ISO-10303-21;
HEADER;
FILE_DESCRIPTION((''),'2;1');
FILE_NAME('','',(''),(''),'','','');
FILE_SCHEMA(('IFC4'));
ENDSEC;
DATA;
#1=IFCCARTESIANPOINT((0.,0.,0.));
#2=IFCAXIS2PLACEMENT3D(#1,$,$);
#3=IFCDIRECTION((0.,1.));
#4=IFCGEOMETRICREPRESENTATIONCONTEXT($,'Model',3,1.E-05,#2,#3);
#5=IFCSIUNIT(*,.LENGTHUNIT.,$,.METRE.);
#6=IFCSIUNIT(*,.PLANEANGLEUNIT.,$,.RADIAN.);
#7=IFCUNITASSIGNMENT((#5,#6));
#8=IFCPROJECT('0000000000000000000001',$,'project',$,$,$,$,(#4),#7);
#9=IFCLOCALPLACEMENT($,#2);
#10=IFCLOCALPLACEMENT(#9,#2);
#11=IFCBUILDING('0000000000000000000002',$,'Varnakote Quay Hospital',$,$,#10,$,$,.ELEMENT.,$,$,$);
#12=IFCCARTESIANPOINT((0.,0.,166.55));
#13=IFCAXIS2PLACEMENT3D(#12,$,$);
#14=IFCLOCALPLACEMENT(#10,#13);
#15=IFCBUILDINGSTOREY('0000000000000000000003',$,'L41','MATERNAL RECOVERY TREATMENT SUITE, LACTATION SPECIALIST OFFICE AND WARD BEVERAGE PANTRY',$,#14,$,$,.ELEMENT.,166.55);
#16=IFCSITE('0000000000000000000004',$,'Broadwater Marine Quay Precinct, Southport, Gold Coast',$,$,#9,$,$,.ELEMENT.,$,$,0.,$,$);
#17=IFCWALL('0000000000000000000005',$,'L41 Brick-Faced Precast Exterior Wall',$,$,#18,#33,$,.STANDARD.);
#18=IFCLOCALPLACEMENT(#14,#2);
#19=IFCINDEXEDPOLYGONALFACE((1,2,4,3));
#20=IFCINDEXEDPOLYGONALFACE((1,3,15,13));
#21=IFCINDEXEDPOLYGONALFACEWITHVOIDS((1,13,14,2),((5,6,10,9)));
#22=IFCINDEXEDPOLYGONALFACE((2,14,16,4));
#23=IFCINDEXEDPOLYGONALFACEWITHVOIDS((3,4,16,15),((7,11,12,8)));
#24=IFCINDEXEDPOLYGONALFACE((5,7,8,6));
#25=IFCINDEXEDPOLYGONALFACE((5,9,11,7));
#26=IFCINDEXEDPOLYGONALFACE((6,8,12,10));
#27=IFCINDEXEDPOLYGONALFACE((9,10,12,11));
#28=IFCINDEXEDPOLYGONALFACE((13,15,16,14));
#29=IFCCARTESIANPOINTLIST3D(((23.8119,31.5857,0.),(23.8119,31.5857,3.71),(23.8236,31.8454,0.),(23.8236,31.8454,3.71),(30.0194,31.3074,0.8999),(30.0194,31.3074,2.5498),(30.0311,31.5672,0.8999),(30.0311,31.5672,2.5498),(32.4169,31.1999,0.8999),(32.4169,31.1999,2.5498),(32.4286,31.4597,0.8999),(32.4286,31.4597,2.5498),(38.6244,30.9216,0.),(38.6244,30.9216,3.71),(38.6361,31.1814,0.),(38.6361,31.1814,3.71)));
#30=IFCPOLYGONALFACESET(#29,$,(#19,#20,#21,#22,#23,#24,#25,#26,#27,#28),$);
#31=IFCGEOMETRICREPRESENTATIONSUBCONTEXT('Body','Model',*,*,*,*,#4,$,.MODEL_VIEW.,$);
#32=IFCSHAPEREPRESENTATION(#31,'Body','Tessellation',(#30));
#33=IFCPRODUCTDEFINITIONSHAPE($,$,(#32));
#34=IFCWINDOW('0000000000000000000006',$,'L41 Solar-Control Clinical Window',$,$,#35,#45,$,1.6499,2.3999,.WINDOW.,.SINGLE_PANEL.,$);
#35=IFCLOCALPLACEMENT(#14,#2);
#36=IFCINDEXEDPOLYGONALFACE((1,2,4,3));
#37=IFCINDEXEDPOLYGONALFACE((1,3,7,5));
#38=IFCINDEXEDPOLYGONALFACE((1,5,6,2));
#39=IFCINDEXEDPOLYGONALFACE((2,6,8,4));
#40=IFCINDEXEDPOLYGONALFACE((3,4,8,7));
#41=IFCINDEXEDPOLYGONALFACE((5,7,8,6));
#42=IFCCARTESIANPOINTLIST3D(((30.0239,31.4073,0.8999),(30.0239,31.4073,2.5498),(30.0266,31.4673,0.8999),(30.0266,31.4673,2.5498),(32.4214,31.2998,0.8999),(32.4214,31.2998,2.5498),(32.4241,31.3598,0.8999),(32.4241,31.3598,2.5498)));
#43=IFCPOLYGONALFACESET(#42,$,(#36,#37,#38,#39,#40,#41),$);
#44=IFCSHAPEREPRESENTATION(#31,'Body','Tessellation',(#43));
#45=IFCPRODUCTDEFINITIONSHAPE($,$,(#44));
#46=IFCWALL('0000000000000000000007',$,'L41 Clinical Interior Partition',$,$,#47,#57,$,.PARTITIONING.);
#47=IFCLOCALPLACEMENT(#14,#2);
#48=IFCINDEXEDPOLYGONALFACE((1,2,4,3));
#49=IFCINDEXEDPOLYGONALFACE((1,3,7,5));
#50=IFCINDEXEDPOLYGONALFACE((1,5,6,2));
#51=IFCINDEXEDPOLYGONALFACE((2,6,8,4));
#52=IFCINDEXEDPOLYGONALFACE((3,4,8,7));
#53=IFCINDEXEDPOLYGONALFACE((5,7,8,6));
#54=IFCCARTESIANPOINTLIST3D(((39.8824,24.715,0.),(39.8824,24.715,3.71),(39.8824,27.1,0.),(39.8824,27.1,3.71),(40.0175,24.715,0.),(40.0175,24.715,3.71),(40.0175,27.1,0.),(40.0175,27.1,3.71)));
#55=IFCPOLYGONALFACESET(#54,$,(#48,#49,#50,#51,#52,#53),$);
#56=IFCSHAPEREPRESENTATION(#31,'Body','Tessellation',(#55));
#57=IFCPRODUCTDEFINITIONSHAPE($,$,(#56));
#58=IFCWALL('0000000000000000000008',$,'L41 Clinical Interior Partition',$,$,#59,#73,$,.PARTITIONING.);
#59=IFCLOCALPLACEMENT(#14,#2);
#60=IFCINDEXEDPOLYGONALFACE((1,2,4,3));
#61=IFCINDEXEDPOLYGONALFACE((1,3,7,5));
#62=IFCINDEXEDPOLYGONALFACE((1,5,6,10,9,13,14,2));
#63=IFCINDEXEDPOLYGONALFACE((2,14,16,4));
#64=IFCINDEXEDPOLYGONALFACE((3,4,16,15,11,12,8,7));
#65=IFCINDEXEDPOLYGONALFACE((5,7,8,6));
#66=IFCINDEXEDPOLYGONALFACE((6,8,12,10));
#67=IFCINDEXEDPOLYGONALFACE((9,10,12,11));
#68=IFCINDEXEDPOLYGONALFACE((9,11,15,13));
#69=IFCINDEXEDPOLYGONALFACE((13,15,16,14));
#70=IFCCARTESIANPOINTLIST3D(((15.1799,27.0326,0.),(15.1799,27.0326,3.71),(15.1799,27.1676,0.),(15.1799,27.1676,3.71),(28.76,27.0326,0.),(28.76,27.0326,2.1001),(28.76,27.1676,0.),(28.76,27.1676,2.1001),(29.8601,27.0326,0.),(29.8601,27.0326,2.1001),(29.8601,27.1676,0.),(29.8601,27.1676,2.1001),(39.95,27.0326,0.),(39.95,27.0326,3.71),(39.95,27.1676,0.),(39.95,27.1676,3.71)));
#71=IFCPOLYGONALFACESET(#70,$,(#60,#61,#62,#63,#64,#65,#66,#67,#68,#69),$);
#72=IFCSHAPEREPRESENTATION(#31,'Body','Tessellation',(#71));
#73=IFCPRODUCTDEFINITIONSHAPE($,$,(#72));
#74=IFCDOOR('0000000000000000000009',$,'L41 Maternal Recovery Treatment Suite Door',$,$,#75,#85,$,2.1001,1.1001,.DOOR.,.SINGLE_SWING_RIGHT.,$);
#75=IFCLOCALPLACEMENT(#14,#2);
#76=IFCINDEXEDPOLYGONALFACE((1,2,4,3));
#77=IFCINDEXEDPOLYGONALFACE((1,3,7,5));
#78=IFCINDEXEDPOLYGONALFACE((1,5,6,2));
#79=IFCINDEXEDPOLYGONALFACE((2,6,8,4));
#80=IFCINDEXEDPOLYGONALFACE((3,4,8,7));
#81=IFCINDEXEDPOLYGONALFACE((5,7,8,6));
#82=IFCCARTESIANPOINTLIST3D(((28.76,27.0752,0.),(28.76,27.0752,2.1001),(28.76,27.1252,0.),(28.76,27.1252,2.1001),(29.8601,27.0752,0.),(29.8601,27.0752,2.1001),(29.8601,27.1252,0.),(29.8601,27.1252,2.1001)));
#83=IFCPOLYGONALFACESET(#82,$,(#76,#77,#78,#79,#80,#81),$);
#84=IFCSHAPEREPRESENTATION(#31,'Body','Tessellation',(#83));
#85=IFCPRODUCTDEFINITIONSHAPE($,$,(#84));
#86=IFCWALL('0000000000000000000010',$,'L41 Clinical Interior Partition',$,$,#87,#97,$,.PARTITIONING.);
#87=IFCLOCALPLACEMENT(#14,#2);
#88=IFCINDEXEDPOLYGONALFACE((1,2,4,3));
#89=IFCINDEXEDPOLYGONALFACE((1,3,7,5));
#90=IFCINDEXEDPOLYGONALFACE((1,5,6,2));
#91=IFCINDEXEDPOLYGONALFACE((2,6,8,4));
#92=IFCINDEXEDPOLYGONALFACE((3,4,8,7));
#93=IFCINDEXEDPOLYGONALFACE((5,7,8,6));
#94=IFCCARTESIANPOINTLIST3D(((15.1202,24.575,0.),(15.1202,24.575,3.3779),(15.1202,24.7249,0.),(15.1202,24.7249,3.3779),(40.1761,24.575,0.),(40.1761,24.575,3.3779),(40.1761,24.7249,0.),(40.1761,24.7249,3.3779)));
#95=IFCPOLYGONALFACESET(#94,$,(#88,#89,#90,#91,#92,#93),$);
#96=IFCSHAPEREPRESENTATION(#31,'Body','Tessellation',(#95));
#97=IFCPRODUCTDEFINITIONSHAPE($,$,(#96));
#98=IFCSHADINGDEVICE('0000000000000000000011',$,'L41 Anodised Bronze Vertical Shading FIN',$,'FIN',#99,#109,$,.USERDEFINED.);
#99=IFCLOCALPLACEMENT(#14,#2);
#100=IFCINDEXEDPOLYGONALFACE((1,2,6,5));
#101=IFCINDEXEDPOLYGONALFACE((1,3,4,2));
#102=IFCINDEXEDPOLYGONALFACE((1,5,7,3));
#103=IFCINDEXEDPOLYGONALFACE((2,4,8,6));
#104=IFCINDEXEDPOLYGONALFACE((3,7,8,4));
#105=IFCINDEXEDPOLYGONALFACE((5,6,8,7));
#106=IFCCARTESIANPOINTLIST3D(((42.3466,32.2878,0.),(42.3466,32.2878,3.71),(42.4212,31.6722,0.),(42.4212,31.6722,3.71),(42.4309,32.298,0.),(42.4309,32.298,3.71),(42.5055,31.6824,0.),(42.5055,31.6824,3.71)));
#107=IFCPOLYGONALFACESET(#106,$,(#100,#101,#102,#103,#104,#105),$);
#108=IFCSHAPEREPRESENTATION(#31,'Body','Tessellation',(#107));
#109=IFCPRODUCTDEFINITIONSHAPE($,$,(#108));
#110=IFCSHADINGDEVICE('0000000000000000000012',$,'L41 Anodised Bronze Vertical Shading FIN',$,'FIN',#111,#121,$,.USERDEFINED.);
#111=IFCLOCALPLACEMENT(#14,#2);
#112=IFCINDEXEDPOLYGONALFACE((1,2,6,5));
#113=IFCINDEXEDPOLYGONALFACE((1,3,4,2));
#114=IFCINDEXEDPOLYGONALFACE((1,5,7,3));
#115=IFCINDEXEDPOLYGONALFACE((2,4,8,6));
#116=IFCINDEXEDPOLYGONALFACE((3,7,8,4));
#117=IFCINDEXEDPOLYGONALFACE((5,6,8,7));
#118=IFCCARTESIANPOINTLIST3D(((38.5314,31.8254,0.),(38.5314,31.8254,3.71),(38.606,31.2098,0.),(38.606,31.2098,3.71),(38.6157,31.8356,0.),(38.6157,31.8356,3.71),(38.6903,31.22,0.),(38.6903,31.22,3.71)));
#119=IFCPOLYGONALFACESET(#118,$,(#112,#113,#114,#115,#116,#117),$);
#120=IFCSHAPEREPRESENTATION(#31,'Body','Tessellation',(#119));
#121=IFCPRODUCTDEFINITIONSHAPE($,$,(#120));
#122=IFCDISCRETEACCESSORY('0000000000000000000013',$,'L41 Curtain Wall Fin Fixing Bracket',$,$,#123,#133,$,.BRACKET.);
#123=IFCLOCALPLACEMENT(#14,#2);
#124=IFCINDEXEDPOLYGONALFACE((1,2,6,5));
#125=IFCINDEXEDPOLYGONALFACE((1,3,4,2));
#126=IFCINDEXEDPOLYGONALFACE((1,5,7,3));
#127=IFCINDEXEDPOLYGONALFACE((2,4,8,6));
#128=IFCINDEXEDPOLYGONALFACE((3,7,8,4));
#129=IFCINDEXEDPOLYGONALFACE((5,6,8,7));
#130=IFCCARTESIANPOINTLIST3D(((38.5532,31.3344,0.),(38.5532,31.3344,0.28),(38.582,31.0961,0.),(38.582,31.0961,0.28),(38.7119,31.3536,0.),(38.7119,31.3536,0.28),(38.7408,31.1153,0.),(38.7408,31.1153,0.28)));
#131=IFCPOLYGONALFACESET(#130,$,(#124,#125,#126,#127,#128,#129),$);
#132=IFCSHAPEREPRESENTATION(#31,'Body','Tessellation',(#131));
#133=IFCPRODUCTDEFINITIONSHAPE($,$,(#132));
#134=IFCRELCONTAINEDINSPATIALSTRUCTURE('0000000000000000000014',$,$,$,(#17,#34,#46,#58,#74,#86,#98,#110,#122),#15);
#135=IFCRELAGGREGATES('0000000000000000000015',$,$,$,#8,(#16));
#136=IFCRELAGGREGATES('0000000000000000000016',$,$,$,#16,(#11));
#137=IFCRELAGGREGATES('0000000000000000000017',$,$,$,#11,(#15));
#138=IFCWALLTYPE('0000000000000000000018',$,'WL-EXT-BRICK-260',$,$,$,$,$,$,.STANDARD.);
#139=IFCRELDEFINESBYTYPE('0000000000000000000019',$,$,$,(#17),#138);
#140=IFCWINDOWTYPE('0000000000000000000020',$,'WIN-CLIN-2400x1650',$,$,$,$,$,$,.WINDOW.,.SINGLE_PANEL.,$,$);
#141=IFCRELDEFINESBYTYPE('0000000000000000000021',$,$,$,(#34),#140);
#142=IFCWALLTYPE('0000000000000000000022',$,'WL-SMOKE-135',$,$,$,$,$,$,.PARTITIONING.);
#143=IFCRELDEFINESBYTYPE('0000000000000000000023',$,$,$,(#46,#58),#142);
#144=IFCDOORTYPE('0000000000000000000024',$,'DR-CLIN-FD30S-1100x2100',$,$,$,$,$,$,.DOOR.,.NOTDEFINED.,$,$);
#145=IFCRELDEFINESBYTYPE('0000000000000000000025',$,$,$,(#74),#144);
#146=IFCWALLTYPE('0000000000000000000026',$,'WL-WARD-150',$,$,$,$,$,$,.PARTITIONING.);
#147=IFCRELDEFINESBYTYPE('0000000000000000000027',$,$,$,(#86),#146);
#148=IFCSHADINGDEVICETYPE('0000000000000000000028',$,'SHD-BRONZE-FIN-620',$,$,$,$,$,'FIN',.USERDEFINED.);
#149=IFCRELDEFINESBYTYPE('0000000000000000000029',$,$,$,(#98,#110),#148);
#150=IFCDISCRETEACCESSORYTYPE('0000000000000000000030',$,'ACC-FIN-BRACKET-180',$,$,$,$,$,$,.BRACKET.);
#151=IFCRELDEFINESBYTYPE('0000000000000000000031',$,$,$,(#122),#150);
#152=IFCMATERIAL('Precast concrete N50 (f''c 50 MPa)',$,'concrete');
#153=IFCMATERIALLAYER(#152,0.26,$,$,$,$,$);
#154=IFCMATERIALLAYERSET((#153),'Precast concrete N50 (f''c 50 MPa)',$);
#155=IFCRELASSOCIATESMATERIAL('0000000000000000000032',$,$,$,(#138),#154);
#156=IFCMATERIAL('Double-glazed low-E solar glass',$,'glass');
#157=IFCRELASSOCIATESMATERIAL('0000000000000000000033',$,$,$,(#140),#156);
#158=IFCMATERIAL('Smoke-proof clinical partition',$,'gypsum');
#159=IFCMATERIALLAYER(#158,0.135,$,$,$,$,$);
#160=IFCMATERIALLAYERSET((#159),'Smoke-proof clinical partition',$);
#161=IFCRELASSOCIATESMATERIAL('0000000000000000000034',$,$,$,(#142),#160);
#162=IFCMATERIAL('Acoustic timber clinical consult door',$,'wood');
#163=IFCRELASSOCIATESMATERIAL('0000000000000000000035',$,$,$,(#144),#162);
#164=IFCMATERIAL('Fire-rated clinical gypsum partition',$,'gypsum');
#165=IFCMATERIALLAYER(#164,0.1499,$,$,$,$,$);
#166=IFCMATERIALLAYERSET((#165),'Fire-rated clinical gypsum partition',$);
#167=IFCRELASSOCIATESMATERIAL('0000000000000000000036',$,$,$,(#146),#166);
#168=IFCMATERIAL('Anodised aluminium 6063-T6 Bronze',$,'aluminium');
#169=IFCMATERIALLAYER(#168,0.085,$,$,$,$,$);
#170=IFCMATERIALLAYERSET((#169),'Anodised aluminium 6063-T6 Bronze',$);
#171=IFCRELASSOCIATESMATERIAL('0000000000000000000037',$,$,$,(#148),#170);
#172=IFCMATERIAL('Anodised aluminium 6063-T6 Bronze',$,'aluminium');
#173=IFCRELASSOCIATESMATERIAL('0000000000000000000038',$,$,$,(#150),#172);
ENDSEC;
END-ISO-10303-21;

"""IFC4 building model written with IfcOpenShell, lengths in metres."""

from ifc_helpers import new_model, si_unit, direction, frame, frame_2d, origin, origin_2d, place, context, subcontext, project, spatial, rectangle, extrude, material, layer, layer_set, type_object, element, fill, save


model = new_model("IFC4")

# Units and contexts
model_context = context("Model", 3, precision=1e-05, world=origin(), true_north=direction((0.0, 1.0)))
body_context = subcontext(model_context, "Body", "Model", "MODEL_VIEW")
ifc_project = project(units=[si_unit("LENGTHUNIT", "METRE"), si_unit("PLANEANGLEUNIT", "RADIAN")], contexts=[model_context])

# Site, building, storey
site_placement = place(None, origin())
site = spatial("IfcSite", under=ifc_project, at=site_placement, Name="Broadwater Marine Quay Precinct, Southport, Gold Coast", CompositionType="ELEMENT", RefElevation=0.0)
building_placement = place(site_placement, origin())
building = spatial("IfcBuilding", under=site, at=building_placement, Name="Varnakote Quay Hospital", CompositionType="ELEMENT")
storey_placement = place(building_placement, frame((0.0, 0.0, 166.55)))
storey = spatial("IfcBuildingStorey", under=building, at=storey_placement, Name="L41", Description="MATERNAL RECOVERY TREATMENT SUITE, LACTATION SPECIALIST OFFICE AND WARD BEVERAGE PANTRY", CompositionType="ELEMENT", Elevation=166.55)

# Wall, opening, window
ifc_material_1 = material(Name="Precast concrete N50 (f'c 50 MPa)", Category="concrete")
ifc_layer_1 = layer(ifc_material_1, 0.26)
ifc_layer_set_1 = layer_set([ifc_layer_1], Name="Precast concrete N50 (f'c 50 MPa)")
wall_type_1 = type_object("IfcWallType", Name="WL-EXT-BRICK-260", PredefinedType="STANDARD", material=ifc_layer_set_1)
wall_1_placement = place(storey_placement, frame((38.6301, 31.0515, 0.0), z_axis=(0.0, 0.0, 1.0), x_axis=(-0.998997, 0.044786, 0.0)))
wall_1 = element("IfcWall", 1, at=wall_1_placement, inside=storey, type_object=wall_type_1, Name="L41 Brick-Faced Precast Exterior Wall", PredefinedType="STANDARD", context=body_context, shape_type="SweptSolid", body=[
    extrude(rectangle(XDim=14.8274, YDim=0.26, at=frame_2d((7.4136, 0.0))), origin(), (0.0, 0.0, 1.0), 3.71),
])
opening_1_placement = place(wall_1_placement, frame((6.2136, 0.0, 0.8999)))
opening_1 = element("IfcOpeningElement", 2, at=opening_1_placement, cuts=wall_1, PredefinedType="OPENING", context=body_context, shape_type="SweptSolid", body=[
    extrude(rectangle(XDim=2.3999, YDim=1.6499, at=frame_2d((1.2, 0.825))), frame((0.0, 0.1399, 0.0), z_axis=(0.0, -1.0, 0.0), x_axis=(1.0, 0.0, 0.0)), (0.0, 0.0, 1.0), 0.28),
])
ifc_material_2 = material(Name="Double-glazed low-E solar glass", Category="glass")
window_type = type_object("IfcWindowType", Name="WIN-CLIN-2400x1650", PartitioningType="SINGLE_PANEL", PredefinedType="WINDOW", material=ifc_material_2)
window_placement = place(opening_1_placement, origin())
window = element("IfcWindow", 3, at=window_placement, inside=storey, type_object=window_type, Name="L41 Solar-Control Clinical Window", OverallHeight=1.6499, OverallWidth=2.3999, PartitioningType="SINGLE_PANEL", PredefinedType="WINDOW", context=body_context, shape_type="SweptSolid", body=[
    extrude(rectangle(XDim=2.3999, YDim=1.6499, at=frame_2d((1.2, 0.825))), frame((0.0, 0.03, 0.0), z_axis=(0.0, -1.0, 0.0), x_axis=(1.0, 0.0, 0.0)), (0.0, 0.0, 1.0), 0.0601),
])
fill(opening_1, window)

# Wall
ifc_material_3 = material(Name="Smoke-proof clinical partition", Category="gypsum")
ifc_layer_2 = layer(ifc_material_3, 0.135)
ifc_layer_set_2 = layer_set([ifc_layer_2], Name="Smoke-proof clinical partition")
wall_type_2 = type_object("IfcWallType", Name="WL-SMOKE-135", PredefinedType="PARTITIONING", material=ifc_layer_set_2)
wall_2_placement = place(storey_placement, frame((39.95, 24.7151, 0.0), z_axis=(0.0, 0.0, 1.0), x_axis=(0.0, 1.0, 0.0)))
element("IfcWall", 4, at=wall_2_placement, inside=storey, type_object=wall_type_2, Name="L41 Clinical Interior Partition", PredefinedType="PARTITIONING", context=body_context, shape_type="SweptSolid", body=[
    extrude(rectangle(XDim=2.385, YDim=0.135, at=frame_2d((1.1924, 0.0))), origin(), (0.0, 0.0, 1.0), 3.71),
])

# Wall, opening, door
wall_3_placement = place(storey_placement, frame((39.95, 27.1001, 0.0), z_axis=(0.0, 0.0, 1.0), x_axis=(-1.0, 0.0, 0.0)))
wall_3 = element("IfcWall", 5, at=wall_3_placement, inside=storey, type_object=wall_type_2, Name="L41 Clinical Interior Partition", PredefinedType="PARTITIONING", context=body_context, shape_type="SweptSolid", body=[
    extrude(rectangle(XDim=24.77, YDim=0.135, at=frame_2d((12.385, 0.0))), origin(), (0.0, 0.0, 1.0), 3.71),
])
opening_2_placement = place(wall_3_placement, frame((10.0898, 0.0, 0.0)))
opening_2 = element("IfcOpeningElement", 6, at=opening_2_placement, cuts=wall_3, PredefinedType="OPENING", context=body_context, shape_type="SweptSolid", body=[
    extrude(rectangle(XDim=1.1001, YDim=2.1001, at=frame_2d((0.55, 1.05))), frame((0.0, 0.0774, 0.0), z_axis=(0.0, -1.0, 0.0), x_axis=(1.0, 0.0, 0.0)), (0.0, 0.0, 1.0), 0.155),
])
ifc_material_4 = material(Name="Acoustic timber clinical consult door", Category="wood")
door_type = type_object("IfcDoorType", Name="DR-CLIN-FD30S-1100x2100", OperationType="NOTDEFINED", PredefinedType="DOOR", material=ifc_material_4)
door_placement = place(opening_2_placement, origin())
door = element("IfcDoor", 7, at=door_placement, inside=storey, type_object=door_type, Name="L41 Maternal Recovery Treatment Suite Door", OperationType="SINGLE_SWING_RIGHT", OverallHeight=2.1001, OverallWidth=1.1001, PredefinedType="DOOR", context=body_context, shape_type="SweptSolid", body=[
    extrude(rectangle(XDim=1.1001, YDim=2.1001, at=frame_2d((0.55, 1.05))), frame((0.0, 0.0249, 0.0), z_axis=(0.0, -1.0, 0.0), x_axis=(1.0, 0.0, 0.0)), (0.0, 0.0, 1.0), 0.05),
])
fill(opening_2, door)

# Wall
ifc_material_5 = material(Name="Fire-rated clinical gypsum partition", Category="gypsum")
ifc_layer_3 = layer(ifc_material_5, 0.1499)
ifc_layer_set_3 = layer_set([ifc_layer_3], Name="Fire-rated clinical gypsum partition")
wall_type_3 = type_object("IfcWallType", Name="WL-WARD-150", PredefinedType="PARTITIONING", material=ifc_layer_set_3)
wall_4_placement = place(storey_placement, frame((40.176, 24.6499, 0.0), z_axis=(0.0, 0.0, 1.0), x_axis=(-1.0, 0.0, 0.0)))
element("IfcWall", 8, at=wall_4_placement, inside=storey, type_object=wall_type_3, Name="L41 Clinical Interior Partition", PredefinedType="PARTITIONING", context=body_context, shape_type="SweptSolid", body=[
    extrude(rectangle(XDim=25.0559, YDim=0.1499, at=frame_2d((12.5278, 0.0))), origin(), (0.0, 0.0, 1.0), 3.3779),
])

# Shading devices
ifc_material_6 = material(Name="Anodised aluminium 6063-T6 Bronze", Category="aluminium")
ifc_layer_4 = layer(ifc_material_6, 0.085)
ifc_layer_set_4 = layer_set([ifc_layer_4], Name="Anodised aluminium 6063-T6 Bronze")
shading_device_type = type_object("IfcShadingDeviceType", Name="SHD-BRONZE-FIN-620", ElementType="FIN", PredefinedType="USERDEFINED", material=ifc_layer_set_4)
for number, where, z_axis, x_axis, name in (
    (9, (42.426, 31.9851, 0.0), (0.0, 0.0, 1.0), (0.12031, -0.992736, 0.0), "L41 Anodised Bronze Vertical Shading FIN"),
    (10, (38.6108, 31.5227, 0.0), (0.0, 0.0, 1.0), (0.12031, -0.992736, 0.0), "L41 Anodised Bronze Vertical Shading FIN"),
):
    element("IfcShadingDevice", number, at=place(storey_placement, frame(where, z_axis=z_axis, x_axis=x_axis)), inside=storey, type_object=shading_device_type, Name=name, ObjectType="FIN", PredefinedType="USERDEFINED", context=body_context, shape_type="SweptSolid", body=[
        extrude(rectangle(XDim=0.6201, YDim=0.085, at=origin_2d()), origin(), (0.0, 0.0, 1.0), 3.71),
    ])

# Discrete accessory
ifc_material_7 = material(Name="Anodised aluminium 6063-T6 Bronze", Category="aluminium")
discrete_accessory_type = type_object("IfcDiscreteAccessoryType", Name="ACC-FIN-BRACKET-180", PredefinedType="BRACKET", material=ifc_material_7)
discrete_accessory_placement = place(storey_placement, frame((38.647, 31.2249, 0.0), z_axis=(0.0, 0.0, 1.0), x_axis=(-0.992736, -0.12031, 0.0)))
element("IfcDiscreteAccessory", 11, at=discrete_accessory_placement, inside=storey, type_object=discrete_accessory_type, Name="L41 Curtain Wall Fin Fixing Bracket", PredefinedType="BRACKET", context=body_context, shape_type="SweptSolid", body=[
    extrude(rectangle(XDim=0.1599, YDim=0.24, at=origin_2d()), origin(), (0.0, 0.0, 1.0), 0.28),
])

save(model, "model.ifc")
